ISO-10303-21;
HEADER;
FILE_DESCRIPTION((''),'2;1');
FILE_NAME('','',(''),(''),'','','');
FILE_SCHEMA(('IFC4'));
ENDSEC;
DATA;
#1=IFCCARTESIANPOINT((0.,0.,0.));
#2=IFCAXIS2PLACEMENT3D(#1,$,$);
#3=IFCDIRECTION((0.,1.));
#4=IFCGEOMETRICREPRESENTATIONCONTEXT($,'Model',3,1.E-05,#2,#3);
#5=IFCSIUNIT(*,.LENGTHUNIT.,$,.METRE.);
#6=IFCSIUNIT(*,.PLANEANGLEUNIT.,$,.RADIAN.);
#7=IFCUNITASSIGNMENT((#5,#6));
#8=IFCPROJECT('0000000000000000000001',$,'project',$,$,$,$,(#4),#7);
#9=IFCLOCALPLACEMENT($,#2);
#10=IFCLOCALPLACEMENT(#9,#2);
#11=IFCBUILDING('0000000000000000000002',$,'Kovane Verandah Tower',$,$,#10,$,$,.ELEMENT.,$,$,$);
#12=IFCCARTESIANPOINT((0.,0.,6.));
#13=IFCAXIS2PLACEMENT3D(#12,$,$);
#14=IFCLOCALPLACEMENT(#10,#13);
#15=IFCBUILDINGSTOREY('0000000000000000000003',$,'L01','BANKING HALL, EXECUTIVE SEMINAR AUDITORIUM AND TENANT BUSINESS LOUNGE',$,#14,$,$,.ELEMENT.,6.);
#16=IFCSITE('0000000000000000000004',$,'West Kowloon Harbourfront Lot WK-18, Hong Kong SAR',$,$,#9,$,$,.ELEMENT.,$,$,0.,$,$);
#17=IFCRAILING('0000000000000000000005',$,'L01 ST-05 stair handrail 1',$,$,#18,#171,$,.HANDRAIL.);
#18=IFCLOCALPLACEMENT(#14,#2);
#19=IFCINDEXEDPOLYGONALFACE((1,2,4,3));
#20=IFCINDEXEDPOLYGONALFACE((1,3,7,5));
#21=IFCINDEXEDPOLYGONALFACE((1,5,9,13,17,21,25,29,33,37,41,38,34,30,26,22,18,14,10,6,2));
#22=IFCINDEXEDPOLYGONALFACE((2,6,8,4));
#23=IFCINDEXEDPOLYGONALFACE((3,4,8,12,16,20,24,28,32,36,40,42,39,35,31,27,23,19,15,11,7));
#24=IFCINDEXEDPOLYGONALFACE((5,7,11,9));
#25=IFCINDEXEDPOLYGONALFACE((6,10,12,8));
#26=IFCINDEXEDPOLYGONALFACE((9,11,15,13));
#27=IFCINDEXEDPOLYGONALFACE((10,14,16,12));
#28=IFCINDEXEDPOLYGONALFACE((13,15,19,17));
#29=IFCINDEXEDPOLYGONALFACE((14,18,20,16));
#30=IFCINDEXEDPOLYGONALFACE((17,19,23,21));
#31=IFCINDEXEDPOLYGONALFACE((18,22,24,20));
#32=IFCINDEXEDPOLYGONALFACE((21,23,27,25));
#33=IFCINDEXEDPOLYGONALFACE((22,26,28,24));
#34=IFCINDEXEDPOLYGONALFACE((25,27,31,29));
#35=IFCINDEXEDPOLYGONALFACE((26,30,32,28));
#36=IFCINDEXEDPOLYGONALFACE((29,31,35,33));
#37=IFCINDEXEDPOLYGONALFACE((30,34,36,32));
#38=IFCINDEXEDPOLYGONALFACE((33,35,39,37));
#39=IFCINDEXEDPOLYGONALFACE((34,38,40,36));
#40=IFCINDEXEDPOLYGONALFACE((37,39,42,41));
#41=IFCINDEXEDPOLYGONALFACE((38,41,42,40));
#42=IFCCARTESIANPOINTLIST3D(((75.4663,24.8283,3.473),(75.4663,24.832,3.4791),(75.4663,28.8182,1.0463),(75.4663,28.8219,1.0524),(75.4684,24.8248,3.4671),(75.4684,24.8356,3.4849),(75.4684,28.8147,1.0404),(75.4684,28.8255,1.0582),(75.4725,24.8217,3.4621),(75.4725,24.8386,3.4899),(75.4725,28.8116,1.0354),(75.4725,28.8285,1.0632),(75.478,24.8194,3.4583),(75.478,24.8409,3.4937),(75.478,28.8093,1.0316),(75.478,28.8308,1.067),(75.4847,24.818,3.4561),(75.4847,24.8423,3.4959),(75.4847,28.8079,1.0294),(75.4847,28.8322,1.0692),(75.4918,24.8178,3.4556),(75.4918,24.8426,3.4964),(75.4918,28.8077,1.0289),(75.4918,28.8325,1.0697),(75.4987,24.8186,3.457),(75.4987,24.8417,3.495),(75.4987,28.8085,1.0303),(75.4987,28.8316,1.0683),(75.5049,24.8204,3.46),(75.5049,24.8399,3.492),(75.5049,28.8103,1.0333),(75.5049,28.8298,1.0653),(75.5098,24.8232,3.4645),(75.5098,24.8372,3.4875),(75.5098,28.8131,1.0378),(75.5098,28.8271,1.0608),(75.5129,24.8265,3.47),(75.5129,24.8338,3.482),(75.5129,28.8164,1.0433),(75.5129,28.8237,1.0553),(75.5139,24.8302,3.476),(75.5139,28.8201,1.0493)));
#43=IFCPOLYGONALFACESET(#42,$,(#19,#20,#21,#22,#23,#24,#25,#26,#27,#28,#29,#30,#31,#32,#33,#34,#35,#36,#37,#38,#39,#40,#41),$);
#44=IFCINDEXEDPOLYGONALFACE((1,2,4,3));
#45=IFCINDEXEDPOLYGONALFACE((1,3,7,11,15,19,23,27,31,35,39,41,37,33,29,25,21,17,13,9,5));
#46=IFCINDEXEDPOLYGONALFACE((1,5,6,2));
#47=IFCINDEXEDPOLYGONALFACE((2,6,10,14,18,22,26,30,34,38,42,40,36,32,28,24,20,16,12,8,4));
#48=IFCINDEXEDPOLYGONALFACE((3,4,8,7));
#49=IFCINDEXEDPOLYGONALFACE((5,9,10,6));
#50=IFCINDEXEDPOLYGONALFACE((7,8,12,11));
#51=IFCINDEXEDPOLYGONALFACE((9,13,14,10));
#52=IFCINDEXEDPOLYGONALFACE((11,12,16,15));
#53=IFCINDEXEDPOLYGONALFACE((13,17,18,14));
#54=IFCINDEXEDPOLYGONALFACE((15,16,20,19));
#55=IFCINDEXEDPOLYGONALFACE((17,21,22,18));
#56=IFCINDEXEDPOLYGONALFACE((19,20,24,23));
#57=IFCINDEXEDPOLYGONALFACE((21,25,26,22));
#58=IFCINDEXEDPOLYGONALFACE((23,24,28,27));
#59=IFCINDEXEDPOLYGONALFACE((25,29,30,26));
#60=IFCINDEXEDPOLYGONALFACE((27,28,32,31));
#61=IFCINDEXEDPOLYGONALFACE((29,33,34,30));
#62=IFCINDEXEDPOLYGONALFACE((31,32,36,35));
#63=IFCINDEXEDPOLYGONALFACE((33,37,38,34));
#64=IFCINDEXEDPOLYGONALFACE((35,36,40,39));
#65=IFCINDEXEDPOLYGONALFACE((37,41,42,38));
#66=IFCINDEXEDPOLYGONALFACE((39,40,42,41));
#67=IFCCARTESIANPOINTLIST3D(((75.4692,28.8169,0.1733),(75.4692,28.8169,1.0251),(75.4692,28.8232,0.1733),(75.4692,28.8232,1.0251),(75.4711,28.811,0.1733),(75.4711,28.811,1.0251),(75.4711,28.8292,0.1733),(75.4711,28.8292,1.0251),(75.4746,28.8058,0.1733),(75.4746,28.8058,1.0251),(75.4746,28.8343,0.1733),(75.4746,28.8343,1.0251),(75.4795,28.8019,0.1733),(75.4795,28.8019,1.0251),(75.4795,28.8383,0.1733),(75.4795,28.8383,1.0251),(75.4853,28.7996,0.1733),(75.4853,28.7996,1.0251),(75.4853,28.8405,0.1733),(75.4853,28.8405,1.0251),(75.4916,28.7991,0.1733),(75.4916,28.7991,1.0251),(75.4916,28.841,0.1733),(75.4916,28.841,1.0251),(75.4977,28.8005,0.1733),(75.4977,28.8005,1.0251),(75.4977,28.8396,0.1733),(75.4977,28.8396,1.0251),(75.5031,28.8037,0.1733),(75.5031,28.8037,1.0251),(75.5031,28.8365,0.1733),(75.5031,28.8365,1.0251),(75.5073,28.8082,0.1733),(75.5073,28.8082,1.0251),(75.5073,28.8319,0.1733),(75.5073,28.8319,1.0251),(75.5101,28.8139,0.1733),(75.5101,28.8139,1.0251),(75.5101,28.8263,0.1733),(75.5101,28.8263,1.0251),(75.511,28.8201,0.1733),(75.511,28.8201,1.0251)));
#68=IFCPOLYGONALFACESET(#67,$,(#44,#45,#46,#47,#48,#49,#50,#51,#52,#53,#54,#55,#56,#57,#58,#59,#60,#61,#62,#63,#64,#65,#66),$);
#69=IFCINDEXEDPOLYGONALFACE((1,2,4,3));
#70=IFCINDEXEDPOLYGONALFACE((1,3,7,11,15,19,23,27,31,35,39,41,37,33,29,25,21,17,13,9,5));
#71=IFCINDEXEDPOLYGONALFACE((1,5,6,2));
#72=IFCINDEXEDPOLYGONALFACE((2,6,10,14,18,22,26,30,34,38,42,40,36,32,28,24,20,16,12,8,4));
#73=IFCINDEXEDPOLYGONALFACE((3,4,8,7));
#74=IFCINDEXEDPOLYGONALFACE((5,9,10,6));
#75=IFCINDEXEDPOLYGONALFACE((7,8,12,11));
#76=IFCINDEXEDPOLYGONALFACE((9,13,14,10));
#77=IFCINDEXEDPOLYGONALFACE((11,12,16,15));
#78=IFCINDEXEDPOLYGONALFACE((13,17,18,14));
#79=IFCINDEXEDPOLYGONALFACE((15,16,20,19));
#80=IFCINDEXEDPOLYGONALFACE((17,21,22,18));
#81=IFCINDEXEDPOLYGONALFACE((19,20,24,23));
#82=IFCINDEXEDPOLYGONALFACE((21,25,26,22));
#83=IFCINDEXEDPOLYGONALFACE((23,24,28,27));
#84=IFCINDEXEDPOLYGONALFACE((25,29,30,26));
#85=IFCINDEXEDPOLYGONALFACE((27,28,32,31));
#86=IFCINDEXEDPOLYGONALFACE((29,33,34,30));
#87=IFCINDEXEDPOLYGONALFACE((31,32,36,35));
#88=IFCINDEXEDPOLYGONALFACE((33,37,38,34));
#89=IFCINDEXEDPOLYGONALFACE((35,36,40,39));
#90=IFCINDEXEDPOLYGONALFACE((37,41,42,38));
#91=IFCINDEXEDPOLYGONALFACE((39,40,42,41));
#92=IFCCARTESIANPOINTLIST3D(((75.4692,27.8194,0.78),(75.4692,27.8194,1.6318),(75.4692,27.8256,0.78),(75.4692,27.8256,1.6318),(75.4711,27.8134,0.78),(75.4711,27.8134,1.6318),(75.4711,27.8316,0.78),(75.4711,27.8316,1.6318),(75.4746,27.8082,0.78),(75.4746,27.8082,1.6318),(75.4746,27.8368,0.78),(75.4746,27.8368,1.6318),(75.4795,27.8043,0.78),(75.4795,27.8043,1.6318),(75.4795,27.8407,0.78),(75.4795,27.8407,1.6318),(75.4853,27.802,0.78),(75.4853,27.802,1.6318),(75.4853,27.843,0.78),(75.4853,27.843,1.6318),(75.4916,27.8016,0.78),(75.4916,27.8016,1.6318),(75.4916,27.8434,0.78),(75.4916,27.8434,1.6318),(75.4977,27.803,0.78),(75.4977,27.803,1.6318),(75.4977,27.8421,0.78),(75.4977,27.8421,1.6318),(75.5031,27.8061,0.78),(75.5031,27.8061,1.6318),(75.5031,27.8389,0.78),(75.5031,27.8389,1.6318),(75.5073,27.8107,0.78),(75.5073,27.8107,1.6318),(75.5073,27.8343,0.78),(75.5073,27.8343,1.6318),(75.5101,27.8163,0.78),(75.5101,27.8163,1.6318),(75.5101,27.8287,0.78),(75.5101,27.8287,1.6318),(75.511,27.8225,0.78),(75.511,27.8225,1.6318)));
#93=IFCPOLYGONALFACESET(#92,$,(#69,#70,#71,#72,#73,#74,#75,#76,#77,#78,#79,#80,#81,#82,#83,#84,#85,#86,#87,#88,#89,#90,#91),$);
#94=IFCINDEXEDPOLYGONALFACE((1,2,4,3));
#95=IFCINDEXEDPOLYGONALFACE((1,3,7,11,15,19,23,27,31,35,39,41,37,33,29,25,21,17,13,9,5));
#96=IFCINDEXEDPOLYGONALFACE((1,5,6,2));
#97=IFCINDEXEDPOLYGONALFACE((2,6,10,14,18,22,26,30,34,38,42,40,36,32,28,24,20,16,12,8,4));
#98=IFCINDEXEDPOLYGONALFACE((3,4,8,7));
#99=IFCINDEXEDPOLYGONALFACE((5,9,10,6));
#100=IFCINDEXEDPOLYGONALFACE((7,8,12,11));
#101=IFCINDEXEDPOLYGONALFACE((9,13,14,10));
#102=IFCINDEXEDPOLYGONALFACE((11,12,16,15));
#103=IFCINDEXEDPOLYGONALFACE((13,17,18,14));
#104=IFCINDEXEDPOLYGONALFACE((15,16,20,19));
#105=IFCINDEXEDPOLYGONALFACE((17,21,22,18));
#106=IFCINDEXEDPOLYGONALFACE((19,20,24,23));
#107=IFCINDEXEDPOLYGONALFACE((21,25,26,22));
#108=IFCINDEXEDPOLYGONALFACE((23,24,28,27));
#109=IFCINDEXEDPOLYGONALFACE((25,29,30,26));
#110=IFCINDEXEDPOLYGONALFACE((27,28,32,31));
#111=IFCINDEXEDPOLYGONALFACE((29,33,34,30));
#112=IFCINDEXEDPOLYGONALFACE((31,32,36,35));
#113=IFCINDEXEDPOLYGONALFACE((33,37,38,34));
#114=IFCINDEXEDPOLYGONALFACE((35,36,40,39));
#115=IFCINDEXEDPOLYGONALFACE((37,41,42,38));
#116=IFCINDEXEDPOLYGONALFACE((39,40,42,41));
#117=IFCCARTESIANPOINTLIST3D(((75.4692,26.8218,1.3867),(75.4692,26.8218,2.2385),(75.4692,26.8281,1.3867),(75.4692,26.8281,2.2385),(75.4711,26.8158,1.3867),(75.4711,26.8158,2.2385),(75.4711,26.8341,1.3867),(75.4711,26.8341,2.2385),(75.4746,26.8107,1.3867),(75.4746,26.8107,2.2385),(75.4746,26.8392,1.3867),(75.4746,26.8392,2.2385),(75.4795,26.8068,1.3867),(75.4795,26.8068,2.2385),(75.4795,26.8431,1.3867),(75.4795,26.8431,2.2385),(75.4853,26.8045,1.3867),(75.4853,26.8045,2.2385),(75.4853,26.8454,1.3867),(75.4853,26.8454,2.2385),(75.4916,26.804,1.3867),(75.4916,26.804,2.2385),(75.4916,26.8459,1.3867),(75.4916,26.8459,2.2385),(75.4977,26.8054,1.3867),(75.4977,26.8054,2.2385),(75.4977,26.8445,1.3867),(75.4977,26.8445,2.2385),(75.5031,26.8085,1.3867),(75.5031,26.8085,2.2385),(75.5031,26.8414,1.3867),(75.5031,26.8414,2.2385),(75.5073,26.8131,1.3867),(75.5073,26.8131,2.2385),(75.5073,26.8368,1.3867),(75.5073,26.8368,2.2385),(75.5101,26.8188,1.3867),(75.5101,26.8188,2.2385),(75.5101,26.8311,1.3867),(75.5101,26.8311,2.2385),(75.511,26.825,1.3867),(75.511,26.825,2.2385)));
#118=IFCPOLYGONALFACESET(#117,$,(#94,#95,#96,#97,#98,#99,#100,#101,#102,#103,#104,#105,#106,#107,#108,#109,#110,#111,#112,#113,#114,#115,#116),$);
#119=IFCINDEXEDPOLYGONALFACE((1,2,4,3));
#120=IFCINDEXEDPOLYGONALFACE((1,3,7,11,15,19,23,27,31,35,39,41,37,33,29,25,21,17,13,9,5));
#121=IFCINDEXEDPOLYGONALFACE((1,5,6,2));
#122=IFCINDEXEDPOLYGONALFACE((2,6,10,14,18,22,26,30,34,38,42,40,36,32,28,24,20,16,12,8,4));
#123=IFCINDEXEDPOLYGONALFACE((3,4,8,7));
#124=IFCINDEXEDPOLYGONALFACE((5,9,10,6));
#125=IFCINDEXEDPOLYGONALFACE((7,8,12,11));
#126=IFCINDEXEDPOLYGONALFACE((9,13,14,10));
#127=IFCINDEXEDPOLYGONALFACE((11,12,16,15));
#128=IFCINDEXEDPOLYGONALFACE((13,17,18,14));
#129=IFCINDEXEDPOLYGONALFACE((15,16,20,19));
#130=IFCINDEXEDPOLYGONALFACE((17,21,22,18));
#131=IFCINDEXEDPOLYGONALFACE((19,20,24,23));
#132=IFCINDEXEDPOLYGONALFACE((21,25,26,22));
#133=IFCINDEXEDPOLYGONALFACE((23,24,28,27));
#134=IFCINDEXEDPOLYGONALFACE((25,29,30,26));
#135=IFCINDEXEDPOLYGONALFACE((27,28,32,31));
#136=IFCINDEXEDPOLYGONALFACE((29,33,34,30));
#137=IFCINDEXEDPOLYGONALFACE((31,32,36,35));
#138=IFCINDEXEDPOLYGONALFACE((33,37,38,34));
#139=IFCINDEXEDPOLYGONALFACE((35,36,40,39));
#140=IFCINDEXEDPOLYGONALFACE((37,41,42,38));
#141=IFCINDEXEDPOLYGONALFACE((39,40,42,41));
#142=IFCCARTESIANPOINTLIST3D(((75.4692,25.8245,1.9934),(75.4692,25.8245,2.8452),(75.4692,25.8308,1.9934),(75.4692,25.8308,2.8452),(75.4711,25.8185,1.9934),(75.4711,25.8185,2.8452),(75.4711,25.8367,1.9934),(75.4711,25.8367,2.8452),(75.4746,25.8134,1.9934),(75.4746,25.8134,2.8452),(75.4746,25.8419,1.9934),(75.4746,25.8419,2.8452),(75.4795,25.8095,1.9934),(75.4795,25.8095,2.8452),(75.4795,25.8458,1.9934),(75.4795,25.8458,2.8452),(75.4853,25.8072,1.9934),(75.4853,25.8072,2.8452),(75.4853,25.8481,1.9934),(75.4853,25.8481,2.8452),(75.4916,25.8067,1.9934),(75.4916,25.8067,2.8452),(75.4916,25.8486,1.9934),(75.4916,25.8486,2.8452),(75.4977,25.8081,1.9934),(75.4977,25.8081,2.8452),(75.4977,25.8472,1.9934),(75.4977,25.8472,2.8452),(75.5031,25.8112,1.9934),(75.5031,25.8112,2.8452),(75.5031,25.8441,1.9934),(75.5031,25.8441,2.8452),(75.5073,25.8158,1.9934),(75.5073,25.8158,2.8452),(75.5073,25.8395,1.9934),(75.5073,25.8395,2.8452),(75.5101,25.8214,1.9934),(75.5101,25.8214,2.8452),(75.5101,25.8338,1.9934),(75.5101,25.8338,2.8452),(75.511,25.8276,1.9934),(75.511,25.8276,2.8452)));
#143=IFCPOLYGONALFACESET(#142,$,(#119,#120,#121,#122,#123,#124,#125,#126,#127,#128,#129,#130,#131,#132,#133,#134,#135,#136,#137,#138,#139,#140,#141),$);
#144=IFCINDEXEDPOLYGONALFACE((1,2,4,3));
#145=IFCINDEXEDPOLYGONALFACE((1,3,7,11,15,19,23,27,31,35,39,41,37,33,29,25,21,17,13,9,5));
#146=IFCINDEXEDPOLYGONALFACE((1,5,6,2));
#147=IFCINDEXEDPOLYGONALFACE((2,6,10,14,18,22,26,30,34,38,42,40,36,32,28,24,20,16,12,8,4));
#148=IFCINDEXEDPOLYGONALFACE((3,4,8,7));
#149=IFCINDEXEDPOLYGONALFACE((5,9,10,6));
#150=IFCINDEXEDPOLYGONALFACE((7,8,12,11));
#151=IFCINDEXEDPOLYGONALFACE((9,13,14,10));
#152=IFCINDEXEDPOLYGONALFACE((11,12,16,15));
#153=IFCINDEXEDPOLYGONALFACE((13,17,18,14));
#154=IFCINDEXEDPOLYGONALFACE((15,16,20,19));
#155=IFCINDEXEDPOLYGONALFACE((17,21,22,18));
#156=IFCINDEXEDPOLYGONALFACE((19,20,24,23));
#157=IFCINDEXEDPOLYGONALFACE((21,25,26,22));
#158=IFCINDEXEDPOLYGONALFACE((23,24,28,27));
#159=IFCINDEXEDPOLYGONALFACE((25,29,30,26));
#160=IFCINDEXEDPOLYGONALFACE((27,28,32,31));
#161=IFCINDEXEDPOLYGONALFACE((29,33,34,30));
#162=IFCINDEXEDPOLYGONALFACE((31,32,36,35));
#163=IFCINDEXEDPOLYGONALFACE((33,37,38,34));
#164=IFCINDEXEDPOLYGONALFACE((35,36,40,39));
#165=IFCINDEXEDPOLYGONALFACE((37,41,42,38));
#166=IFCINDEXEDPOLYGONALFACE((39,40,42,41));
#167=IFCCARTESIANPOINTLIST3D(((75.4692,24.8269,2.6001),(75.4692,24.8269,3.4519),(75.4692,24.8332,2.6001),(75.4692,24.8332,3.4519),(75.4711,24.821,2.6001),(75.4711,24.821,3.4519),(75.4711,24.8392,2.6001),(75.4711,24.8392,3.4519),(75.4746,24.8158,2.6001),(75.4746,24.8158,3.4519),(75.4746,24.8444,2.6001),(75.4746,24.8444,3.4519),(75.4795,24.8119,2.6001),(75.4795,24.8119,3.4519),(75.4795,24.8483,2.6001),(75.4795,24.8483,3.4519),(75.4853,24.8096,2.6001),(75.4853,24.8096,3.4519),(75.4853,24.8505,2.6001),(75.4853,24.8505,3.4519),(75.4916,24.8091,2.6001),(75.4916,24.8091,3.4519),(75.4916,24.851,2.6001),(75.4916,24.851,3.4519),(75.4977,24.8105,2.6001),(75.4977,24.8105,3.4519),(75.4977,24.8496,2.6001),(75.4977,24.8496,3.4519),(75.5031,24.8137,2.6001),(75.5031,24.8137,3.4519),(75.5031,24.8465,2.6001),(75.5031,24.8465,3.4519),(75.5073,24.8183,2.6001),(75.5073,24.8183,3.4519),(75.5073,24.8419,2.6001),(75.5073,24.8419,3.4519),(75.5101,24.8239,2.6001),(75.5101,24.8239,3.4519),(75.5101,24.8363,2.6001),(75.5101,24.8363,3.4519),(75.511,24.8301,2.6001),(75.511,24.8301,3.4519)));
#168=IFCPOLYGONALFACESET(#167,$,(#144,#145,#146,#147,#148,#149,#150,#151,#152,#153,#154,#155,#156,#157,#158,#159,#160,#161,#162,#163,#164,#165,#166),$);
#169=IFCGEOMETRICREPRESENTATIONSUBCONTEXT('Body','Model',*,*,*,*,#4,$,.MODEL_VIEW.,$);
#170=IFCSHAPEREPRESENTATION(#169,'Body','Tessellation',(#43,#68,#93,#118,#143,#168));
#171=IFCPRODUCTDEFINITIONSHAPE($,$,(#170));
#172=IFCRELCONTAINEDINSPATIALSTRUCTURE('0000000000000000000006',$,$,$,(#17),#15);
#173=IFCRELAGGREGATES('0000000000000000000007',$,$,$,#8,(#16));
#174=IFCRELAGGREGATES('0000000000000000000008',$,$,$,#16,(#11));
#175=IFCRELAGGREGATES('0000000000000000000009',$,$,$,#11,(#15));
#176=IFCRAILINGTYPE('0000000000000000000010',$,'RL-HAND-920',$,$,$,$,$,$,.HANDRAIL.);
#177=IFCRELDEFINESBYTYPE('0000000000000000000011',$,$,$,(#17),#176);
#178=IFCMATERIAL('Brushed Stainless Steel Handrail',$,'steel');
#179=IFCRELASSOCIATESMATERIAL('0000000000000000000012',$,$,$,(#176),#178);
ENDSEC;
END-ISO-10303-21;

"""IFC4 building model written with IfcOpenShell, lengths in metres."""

from ifc_helpers import new_model, si_unit, direction, frame, origin, origin_2d, place, context, subcontext, project, spatial, circle, extrude, material, type_object, element, save


model = new_model("IFC4")

# Units and contexts
model_context = context("Model", 3, precision=1e-05, world=origin(), true_north=direction((0.0, 1.0)))
body_context = subcontext(model_context, "Body", "Model", "MODEL_VIEW")
ifc_project = project(units=[si_unit("LENGTHUNIT", "METRE"), si_unit("PLANEANGLEUNIT", "RADIAN")], contexts=[model_context])

# Site, building, storey
site_placement = place(None, origin())
site = spatial("IfcSite", under=ifc_project, at=site_placement, Name="West Kowloon Harbourfront Lot WK-18, Hong Kong SAR", CompositionType="ELEMENT", RefElevation=0.0)
building_placement = place(site_placement, origin())
building = spatial("IfcBuilding", under=site, at=building_placement, Name="Kovane Verandah Tower", CompositionType="ELEMENT")
storey_placement = place(building_placement, frame((0.0, 0.0, 6.0)))
storey = spatial("IfcBuildingStorey", under=building, at=storey_placement, Name="L01", Description="BANKING HALL, EXECUTIVE SEMINAR AUDITORIUM AND TENANT BUSINESS LOUNGE", CompositionType="ELEMENT", Elevation=6.0)

# Railing
ifc_material_1 = material(Name="Brushed Stainless Steel Handrail", Category="steel")
railing_type_1 = type_object("IfcRailingType", Name="RL-HAND-920", PredefinedType="HANDRAIL", material=ifc_material_1)
railing_1_placement = place(storey_placement, frame((75.49, 28.8201, 0.1733)))
element("IfcRailing", 1, at=railing_1_placement, inside=storey, type_object=railing_type_1, Name="L01 ST-05 stair handrail 1", PredefinedType="HANDRAIL", context=body_context, shape_type="SweptSolid", body=[
    extrude(circle(Radius=0.0239, at=origin_2d()), frame((0.0, 0.0, 0.876), z_axis=(0.0, -0.854382, 0.519645), x_axis=(1.0, 0.0, 0.0)), (0.0, 0.0, 1.0), 4.6699),
    extrude(circle(Radius=0.021, at=origin_2d()), origin(), (0.0, 0.0, 1.0), 0.8518),
    extrude(circle(Radius=0.021, at=origin_2d()), frame((0.0, -0.9976, 0.6067)), (0.0, 0.0, 1.0), 0.8518),
    extrude(circle(Radius=0.021, at=origin_2d()), frame((0.0, -1.9951, 1.2134)), (0.0, 0.0, 1.0), 0.8518),
    extrude(circle(Radius=0.021, at=origin_2d()), frame((0.0, -2.9924, 1.8201)), (0.0, 0.0, 1.0), 0.8518),
    extrude(circle(Radius=0.021, at=origin_2d()), frame((0.0, -3.99, 2.4268)), (0.0, 0.0, 1.0), 0.8518),
])

save(model, "model.ifc")
